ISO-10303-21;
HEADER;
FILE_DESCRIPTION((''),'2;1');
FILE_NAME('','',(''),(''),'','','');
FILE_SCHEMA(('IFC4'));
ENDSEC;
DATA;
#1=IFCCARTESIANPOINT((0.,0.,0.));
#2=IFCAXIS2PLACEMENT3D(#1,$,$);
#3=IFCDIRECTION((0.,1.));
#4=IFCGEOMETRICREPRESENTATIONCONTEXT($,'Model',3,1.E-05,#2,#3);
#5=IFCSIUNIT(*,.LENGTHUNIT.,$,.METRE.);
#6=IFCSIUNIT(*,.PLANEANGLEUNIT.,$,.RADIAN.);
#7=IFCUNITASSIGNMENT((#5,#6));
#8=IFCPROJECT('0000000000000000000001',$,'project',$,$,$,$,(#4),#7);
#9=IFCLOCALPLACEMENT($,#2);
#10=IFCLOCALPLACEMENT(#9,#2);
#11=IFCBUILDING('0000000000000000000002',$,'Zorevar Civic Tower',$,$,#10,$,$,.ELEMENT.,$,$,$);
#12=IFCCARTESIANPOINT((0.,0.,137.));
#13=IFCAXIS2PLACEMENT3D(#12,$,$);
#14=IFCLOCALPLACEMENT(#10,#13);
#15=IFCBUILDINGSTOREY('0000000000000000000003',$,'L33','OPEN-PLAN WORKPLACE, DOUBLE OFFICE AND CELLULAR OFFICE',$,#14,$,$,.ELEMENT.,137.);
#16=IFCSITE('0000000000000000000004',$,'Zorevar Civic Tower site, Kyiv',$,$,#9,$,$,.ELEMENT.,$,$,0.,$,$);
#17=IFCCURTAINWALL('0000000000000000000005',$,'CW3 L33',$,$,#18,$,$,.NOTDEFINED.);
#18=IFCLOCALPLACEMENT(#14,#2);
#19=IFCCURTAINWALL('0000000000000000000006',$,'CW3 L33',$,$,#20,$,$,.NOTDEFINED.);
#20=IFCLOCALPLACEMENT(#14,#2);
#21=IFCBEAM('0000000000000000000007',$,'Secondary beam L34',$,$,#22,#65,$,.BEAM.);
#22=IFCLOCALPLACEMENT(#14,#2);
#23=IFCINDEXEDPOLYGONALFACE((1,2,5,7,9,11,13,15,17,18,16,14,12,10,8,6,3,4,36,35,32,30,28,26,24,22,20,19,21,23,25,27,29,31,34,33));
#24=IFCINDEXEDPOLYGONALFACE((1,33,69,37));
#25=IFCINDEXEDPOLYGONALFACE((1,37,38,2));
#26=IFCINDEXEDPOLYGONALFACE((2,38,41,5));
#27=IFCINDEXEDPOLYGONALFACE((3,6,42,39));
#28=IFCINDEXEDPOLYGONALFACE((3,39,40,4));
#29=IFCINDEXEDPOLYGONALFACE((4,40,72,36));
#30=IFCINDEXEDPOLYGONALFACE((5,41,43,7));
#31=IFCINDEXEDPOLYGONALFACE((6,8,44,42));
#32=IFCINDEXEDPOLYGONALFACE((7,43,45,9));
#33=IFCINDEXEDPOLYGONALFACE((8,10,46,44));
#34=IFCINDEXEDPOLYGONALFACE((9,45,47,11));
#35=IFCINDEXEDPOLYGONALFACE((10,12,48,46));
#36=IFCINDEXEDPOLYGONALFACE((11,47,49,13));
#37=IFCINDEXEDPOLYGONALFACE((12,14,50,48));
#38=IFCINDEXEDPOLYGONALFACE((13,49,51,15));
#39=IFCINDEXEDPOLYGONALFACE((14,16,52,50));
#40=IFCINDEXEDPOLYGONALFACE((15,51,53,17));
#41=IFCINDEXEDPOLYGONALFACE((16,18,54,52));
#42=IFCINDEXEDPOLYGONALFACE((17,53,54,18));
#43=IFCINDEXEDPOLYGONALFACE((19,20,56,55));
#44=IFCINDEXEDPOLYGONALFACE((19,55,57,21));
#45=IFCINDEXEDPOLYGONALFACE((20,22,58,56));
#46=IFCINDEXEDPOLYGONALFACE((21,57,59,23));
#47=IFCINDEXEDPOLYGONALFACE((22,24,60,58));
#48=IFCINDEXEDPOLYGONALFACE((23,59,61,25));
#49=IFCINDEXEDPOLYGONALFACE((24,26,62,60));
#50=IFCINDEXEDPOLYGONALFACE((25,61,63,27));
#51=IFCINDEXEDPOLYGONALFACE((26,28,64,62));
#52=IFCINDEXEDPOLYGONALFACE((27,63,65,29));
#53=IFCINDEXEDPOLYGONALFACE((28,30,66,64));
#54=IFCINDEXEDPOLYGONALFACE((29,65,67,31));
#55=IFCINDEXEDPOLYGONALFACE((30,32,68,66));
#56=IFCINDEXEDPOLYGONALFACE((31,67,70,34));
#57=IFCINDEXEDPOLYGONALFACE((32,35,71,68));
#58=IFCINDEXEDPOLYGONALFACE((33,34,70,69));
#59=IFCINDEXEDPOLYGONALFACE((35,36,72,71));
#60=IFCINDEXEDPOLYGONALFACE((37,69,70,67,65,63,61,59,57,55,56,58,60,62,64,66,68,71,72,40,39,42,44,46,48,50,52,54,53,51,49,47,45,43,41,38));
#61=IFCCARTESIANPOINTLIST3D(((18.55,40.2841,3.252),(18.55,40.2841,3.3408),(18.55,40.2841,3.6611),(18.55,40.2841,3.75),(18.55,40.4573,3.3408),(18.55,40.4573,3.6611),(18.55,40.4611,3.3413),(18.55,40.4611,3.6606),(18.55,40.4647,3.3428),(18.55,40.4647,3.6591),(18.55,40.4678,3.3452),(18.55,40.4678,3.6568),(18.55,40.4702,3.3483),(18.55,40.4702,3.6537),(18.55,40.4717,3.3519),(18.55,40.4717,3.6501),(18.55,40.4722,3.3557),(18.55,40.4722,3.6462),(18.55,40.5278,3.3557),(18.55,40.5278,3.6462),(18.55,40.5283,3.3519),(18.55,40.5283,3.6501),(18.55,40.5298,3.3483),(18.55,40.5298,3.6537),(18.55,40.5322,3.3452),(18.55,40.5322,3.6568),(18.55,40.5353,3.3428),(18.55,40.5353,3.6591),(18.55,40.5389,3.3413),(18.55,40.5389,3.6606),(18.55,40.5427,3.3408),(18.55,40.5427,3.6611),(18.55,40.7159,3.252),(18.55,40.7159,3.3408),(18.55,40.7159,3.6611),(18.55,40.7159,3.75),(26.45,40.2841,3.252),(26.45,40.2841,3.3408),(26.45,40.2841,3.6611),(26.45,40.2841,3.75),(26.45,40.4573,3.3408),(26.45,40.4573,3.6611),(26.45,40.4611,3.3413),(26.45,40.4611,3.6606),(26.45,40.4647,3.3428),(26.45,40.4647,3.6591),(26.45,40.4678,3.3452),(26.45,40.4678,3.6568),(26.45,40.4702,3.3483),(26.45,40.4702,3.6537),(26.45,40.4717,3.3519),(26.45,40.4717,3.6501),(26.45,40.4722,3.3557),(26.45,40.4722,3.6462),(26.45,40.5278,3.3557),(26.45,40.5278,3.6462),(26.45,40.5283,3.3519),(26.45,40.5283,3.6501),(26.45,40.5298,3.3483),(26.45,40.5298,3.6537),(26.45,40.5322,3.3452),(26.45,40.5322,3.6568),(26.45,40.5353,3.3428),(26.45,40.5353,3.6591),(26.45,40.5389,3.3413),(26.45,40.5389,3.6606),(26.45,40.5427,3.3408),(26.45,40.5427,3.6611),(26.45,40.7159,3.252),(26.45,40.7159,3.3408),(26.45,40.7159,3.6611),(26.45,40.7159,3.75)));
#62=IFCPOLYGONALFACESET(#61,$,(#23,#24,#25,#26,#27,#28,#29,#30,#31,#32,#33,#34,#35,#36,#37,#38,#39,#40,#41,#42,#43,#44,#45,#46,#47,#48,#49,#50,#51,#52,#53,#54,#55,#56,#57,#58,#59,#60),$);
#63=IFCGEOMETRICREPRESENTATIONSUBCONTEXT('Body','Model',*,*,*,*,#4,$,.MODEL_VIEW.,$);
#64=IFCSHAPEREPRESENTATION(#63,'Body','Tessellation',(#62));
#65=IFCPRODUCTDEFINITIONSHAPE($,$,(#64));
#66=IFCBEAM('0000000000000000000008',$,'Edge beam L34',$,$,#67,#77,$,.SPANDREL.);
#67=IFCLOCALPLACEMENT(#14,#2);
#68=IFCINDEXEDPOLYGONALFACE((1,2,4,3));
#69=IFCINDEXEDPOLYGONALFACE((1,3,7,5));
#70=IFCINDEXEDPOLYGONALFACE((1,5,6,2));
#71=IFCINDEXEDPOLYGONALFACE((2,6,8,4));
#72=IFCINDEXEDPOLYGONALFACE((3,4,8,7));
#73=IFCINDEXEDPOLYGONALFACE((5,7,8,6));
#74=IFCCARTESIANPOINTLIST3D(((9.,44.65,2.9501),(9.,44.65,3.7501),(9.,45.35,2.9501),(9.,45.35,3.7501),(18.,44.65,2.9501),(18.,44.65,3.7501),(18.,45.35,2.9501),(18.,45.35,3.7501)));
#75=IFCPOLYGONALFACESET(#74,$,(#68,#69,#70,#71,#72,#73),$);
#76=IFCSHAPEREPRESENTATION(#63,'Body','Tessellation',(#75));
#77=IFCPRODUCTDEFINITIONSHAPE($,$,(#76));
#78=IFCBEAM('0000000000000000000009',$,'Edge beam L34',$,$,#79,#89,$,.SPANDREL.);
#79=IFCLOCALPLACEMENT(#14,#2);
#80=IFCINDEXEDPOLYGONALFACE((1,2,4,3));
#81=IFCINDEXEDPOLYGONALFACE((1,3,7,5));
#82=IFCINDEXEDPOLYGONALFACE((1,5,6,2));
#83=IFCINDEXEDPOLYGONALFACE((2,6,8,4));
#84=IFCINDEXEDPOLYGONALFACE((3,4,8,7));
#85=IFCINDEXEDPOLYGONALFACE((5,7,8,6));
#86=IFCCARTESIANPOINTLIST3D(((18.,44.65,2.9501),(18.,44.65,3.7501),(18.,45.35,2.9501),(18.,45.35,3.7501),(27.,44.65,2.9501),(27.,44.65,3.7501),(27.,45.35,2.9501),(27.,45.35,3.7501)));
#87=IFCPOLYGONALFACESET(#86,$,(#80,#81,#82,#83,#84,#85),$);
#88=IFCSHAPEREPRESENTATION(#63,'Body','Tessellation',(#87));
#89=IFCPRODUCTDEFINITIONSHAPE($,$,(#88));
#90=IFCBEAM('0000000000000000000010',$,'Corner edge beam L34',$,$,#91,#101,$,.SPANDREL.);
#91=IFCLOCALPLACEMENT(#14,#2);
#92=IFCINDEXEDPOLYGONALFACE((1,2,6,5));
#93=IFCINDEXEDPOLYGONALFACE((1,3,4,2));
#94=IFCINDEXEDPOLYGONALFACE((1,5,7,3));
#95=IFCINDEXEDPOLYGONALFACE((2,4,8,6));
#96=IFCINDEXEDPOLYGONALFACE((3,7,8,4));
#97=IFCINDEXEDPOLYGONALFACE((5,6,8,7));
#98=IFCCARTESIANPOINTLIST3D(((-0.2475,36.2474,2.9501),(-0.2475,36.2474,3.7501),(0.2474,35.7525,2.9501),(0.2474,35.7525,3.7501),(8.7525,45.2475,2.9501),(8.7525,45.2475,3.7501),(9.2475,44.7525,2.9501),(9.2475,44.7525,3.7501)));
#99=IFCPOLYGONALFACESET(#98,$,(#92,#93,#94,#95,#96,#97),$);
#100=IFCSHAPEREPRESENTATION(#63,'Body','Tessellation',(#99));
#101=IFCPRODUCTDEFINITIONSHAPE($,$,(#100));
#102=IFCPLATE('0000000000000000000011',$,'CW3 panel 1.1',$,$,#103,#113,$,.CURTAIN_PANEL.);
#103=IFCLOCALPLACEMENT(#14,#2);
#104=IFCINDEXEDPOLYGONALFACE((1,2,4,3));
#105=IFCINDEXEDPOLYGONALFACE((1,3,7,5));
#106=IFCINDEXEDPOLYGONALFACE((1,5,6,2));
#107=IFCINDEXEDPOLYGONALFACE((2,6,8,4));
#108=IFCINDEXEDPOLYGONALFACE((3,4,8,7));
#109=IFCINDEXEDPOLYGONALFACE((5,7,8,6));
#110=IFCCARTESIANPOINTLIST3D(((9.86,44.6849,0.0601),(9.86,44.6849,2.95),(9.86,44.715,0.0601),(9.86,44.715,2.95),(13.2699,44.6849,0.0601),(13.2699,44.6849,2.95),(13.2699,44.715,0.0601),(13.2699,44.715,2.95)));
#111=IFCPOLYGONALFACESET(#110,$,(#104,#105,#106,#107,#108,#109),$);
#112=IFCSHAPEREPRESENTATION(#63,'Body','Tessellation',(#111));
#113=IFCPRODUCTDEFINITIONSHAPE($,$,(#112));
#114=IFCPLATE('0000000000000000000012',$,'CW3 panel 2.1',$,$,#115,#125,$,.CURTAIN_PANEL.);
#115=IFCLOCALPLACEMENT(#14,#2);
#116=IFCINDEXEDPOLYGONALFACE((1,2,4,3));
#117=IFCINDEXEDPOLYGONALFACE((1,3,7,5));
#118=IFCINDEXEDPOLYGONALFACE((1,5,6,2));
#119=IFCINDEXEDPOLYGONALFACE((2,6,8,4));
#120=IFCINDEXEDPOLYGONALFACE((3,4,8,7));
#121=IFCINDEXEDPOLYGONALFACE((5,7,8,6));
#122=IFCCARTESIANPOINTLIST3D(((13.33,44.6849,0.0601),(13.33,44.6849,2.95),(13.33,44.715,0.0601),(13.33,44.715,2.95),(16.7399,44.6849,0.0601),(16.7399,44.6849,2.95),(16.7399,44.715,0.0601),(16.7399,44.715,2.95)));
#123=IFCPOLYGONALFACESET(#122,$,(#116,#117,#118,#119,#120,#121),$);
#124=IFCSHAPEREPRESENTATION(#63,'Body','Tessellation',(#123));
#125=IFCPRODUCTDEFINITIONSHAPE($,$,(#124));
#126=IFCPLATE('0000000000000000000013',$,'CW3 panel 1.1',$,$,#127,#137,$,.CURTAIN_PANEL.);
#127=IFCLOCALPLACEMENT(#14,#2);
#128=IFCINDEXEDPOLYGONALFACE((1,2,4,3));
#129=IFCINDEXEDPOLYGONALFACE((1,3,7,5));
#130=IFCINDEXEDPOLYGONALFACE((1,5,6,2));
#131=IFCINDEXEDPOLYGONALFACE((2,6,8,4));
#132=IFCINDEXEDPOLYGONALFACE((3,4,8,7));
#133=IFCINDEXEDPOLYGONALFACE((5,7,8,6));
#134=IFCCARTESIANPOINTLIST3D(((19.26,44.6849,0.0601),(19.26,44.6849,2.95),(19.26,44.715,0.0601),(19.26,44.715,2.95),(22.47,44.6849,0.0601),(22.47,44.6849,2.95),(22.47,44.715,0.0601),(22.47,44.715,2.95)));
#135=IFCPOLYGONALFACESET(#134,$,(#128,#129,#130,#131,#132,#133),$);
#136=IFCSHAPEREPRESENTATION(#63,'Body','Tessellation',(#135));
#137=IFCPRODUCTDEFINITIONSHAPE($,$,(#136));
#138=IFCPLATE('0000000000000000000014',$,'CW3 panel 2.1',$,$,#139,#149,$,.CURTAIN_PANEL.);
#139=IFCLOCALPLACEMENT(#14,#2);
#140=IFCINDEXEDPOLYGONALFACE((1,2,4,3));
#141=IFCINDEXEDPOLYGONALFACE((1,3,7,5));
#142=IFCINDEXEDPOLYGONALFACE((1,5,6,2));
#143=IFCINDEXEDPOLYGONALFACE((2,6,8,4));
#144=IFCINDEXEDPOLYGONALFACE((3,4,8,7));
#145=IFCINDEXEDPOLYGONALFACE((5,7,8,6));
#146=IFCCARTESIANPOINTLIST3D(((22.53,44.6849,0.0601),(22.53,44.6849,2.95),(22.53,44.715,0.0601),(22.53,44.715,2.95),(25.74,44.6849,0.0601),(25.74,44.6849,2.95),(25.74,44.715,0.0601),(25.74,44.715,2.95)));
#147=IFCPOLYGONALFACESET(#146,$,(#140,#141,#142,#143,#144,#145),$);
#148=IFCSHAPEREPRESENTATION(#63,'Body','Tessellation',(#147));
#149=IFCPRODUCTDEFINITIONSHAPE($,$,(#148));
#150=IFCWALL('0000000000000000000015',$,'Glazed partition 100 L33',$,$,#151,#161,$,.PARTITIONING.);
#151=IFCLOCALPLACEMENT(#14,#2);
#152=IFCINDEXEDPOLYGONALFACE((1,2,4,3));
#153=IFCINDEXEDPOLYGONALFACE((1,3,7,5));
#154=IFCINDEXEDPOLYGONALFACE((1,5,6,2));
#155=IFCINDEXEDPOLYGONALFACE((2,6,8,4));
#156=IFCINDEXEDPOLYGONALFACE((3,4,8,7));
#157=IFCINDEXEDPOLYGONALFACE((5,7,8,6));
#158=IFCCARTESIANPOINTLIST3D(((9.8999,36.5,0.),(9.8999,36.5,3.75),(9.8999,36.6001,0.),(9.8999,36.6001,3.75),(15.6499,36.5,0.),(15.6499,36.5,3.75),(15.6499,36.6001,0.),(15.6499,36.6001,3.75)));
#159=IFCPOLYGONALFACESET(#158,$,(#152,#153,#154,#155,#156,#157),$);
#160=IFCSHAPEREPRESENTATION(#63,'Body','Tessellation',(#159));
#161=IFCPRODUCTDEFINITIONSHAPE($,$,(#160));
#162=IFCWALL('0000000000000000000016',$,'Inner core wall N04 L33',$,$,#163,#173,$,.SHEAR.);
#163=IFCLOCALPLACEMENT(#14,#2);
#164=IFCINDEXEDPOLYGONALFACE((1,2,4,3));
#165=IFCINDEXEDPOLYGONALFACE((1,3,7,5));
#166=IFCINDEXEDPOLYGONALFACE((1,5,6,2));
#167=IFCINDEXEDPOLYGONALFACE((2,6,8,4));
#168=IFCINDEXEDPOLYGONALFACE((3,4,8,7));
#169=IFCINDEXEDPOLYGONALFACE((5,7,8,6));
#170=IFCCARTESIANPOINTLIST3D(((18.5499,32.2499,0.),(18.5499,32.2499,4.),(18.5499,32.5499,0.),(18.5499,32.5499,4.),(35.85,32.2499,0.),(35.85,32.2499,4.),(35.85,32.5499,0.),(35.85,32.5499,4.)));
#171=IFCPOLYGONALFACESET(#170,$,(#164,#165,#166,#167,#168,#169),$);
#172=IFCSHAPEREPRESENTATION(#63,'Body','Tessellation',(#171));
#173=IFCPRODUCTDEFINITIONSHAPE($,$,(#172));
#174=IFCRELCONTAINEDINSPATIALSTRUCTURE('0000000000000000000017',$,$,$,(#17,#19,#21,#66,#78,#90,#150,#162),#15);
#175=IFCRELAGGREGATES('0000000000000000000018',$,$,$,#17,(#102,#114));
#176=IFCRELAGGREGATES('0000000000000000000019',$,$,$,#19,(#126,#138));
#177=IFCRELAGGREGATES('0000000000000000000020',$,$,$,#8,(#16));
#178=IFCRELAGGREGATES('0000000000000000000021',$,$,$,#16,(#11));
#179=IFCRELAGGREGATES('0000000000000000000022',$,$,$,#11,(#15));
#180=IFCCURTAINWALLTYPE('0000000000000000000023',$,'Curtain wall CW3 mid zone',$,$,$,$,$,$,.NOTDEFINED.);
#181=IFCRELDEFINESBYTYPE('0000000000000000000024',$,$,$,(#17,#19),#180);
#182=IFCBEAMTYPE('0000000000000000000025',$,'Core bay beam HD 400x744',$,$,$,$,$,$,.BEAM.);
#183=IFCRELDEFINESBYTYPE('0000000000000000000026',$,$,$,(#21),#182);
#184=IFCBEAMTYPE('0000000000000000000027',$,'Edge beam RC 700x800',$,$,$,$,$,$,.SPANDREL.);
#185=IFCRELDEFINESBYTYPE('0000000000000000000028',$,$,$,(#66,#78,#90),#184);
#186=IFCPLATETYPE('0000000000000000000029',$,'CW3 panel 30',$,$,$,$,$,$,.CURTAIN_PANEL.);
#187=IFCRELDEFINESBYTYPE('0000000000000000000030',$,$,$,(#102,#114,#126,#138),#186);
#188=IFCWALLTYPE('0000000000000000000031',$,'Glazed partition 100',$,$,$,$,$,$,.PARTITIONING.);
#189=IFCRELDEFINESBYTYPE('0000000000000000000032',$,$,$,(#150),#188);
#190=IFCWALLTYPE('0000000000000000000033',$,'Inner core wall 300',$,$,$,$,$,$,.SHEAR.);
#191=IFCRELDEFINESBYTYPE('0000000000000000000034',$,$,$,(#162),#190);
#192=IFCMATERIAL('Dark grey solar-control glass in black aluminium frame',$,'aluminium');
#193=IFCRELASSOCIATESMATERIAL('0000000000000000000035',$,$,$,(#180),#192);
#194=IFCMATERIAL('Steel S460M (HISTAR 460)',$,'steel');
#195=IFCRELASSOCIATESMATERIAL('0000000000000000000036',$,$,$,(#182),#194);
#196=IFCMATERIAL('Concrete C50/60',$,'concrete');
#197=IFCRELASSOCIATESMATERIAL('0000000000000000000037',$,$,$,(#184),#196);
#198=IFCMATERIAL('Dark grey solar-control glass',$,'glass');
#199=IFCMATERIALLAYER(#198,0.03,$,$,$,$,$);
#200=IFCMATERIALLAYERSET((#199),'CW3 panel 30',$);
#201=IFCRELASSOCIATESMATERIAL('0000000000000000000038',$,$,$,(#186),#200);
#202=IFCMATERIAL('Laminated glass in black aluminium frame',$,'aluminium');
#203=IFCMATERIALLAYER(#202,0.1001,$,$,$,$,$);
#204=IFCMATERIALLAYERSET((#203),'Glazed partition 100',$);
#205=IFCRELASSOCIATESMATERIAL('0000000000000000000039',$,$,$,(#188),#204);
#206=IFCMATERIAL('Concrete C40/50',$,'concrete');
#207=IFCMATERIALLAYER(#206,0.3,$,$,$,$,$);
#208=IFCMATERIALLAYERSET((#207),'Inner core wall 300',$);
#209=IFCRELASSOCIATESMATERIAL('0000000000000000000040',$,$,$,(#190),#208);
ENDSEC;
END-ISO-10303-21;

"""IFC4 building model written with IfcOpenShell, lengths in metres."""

from ifc_helpers import new_model, si_unit, direction, frame, frame_2d, origin, origin_2d, place, context, subcontext, project, spatial, rectangle, i_section, extrude, material, layer, layer_set, material_profile, profile_set, type_object, element, aggregate, save


model = new_model("IFC4")

# Units and contexts
model_context = context("Model", 3, precision=1e-05, world=origin(), true_north=direction((0.0, 1.0)))
body_context = subcontext(model_context, "Body", "Model", "MODEL_VIEW")
ifc_project = project(units=[si_unit("LENGTHUNIT", "METRE"), si_unit("PLANEANGLEUNIT", "RADIAN")], contexts=[model_context])

# Site, building, storey
site_placement = place(None, origin())
site = spatial("IfcSite", under=ifc_project, at=site_placement, Name="Zorevar Civic Tower site, Kyiv", CompositionType="ELEMENT", RefElevation=0.0)
building_placement = place(site_placement, origin())
building = spatial("IfcBuilding", under=site, at=building_placement, Name="Zorevar Civic Tower", CompositionType="ELEMENT")
storey_placement = place(building_placement, frame((0.0, 0.0, 137.0)))
storey = spatial("IfcBuildingStorey", under=building, at=storey_placement, Name="L33", Description="OPEN-PLAN WORKPLACE, DOUBLE OFFICE AND CELLULAR OFFICE", CompositionType="ELEMENT", Elevation=137.0)

# Curtain walls
ifc_material_1 = material(Name="Dark grey solar-control glass in black aluminium frame", Category="aluminium")
curtain_wall_type = type_object("IfcCurtainWallType", Name="Curtain wall CW3 mid zone", PredefinedType="NOTDEFINED", material=ifc_material_1)
curtain_wall_1_placement = place(storey_placement, origin())
curtain_wall_1 = element("IfcCurtainWall", 1, at=curtain_wall_1_placement, inside=storey, type_object=curtain_wall_type, Name="CW3 L33", PredefinedType="NOTDEFINED")
curtain_wall_2_placement = place(storey_placement, origin())
curtain_wall_2 = element("IfcCurtainWall", 2, at=curtain_wall_2_placement, inside=storey, type_object=curtain_wall_type, Name="CW3 L33", PredefinedType="NOTDEFINED")

# Beams
ifc_material_2 = material(Name="Steel S460M (HISTAR 460)", Category="steel")
ifc_material_profile_1 = material_profile(ifc_material_2, i_section(OverallWidth=0.4319, OverallDepth=0.498, WebThickness=0.0557, FlangeThickness=0.0889, FilletRadius=0.0149, at=origin_2d()), Name="HD 400x744")
ifc_profile_set_1 = profile_set([ifc_material_profile_1], Name="Steel S460M (HISTAR 460)")
beam_type_1 = type_object("IfcBeamType", Name="Core bay beam HD 400x744", PredefinedType="BEAM", material=ifc_profile_set_1)
beam_1_placement = place(storey_placement, frame((18.55, 40.5, 3.501), z_axis=(1.0, 0.0, 0.0), x_axis=(0.0, 1.0, 0.0)))
element("IfcBeam", 3, at=beam_1_placement, inside=storey, type_object=beam_type_1, Name="Secondary beam L34", PredefinedType="BEAM", context=body_context, shape_type="SweptSolid", body=[
    extrude(i_section(OverallWidth=0.4319, OverallDepth=0.498, WebThickness=0.0557, FlangeThickness=0.0889, FilletRadius=0.0149, at=origin_2d()), origin(), (0.0, 0.0, 1.0), 7.8999),
])
ifc_material_3 = material(Name="Concrete C50/60", Category="concrete")
ifc_material_profile_2 = material_profile(ifc_material_3, rectangle(XDim=0.7, YDim=0.8, at=origin_2d()), Name="RC 700x800")
ifc_profile_set_2 = profile_set([ifc_material_profile_2], Name="Concrete C50/60")
beam_type_2 = type_object("IfcBeamType", Name="Edge beam RC 700x800", PredefinedType="SPANDREL", material=ifc_profile_set_2)
for number, where, z_axis, x_axis, name in (
    (4, (9.0, 45.0, 3.3501), (1.0, 0.0, 0.0), (0.0, 1.0, 0.0), "Edge beam L34"),
    (5, (18.0, 45.0, 3.3501), (1.0, 0.0, 0.0), (0.0, 1.0, 0.0), "Edge beam L34"),
):
    element("IfcBeam", number, at=place(storey_placement, frame(where, z_axis=z_axis, x_axis=x_axis)), inside=storey, type_object=beam_type_2, Name=name, PredefinedType="SPANDREL", context=body_context, shape_type="SweptSolid", body=[
        extrude(rectangle(XDim=0.7, YDim=0.8, at=origin_2d()), origin(), (0.0, 0.0, 1.0), 9.0),
    ])
beam_2_placement = place(storey_placement, frame((9.0, 45.0, 3.3501), z_axis=(-0.707107, -0.707107, 0.0), x_axis=(0.707107, -0.707107, 0.0)))
element("IfcBeam", 6, at=beam_2_placement, inside=storey, type_object=beam_type_2, Name="Corner edge beam L34", PredefinedType="SPANDREL", context=body_context, shape_type="SweptSolid", body=[
    extrude(rectangle(XDim=0.7, YDim=0.8, at=origin_2d()), origin(), (0.0, 0.0, 1.0), 12.728),
])

# Plates
ifc_material_4 = material(Name="Dark grey solar-control glass", Category="glass")
ifc_layer_1 = layer(ifc_material_4, 0.03)
ifc_layer_set_1 = layer_set([ifc_layer_1], Name="CW3 panel 30")
plate_type = type_object("IfcPlateType", Name="CW3 panel 30", PredefinedType="CURTAIN_PANEL", material=ifc_layer_set_1)
plate_1_placement = place(storey_placement, frame((11.5649, 44.7, 0.0601), z_axis=(0.0, 0.0, 1.0), x_axis=(1.0, 0.0, 0.0)))
plate_1 = element("IfcPlate", 7, at=plate_1_placement, type_object=plate_type, Name="CW3 panel 1.1", PredefinedType="CURTAIN_PANEL", context=body_context, shape_type="SweptSolid", body=[
    extrude(rectangle(XDim=3.4099, YDim=0.03, at=origin_2d()), origin(), (0.0, 0.0, 1.0), 2.8899),
])
plate_2_placement = place(storey_placement, frame((15.0349, 44.7, 0.0601), z_axis=(0.0, 0.0, 1.0), x_axis=(1.0, 0.0, 0.0)))
plate_2 = element("IfcPlate", 8, at=plate_2_placement, type_object=plate_type, Name="CW3 panel 2.1", PredefinedType="CURTAIN_PANEL", context=body_context, shape_type="SweptSolid", body=[
    extrude(rectangle(XDim=3.4099, YDim=0.03, at=origin_2d()), origin(), (0.0, 0.0, 1.0), 2.8899),
])
aggregate(curtain_wall_1, [plate_1, plate_2])
plate_3_placement = place(storey_placement, frame((20.865, 44.7, 0.0601), z_axis=(0.0, 0.0, 1.0), x_axis=(1.0, 0.0, 0.0)))
plate_3 = element("IfcPlate", 9, at=plate_3_placement, type_object=plate_type, Name="CW3 panel 1.1", PredefinedType="CURTAIN_PANEL", context=body_context, shape_type="SweptSolid", body=[
    extrude(rectangle(XDim=3.21, YDim=0.03, at=origin_2d()), origin(), (0.0, 0.0, 1.0), 2.8899),
])
plate_4_placement = place(storey_placement, frame((24.135, 44.7, 0.0601), z_axis=(0.0, 0.0, 1.0), x_axis=(1.0, 0.0, 0.0)))
plate_4 = element("IfcPlate", 10, at=plate_4_placement, type_object=plate_type, Name="CW3 panel 2.1", PredefinedType="CURTAIN_PANEL", context=body_context, shape_type="SweptSolid", body=[
    extrude(rectangle(XDim=3.21, YDim=0.03, at=origin_2d()), origin(), (0.0, 0.0, 1.0), 2.8899),
])
aggregate(curtain_wall_2, [plate_3, plate_4])

# Walls
ifc_material_5 = material(Name="Laminated glass in black aluminium frame", Category="aluminium")
ifc_layer_2 = layer(ifc_material_5, 0.1001)
ifc_layer_set_2 = layer_set([ifc_layer_2], Name="Glazed partition 100")
wall_type_1 = type_object("IfcWallType", Name="Glazed partition 100", PredefinedType="PARTITIONING", material=ifc_layer_set_2)
wall_1_placement = place(storey_placement, frame((9.8999, 36.55, 0.0), z_axis=(0.0, 0.0, 1.0), x_axis=(1.0, 0.0, 0.0)))
element("IfcWall", 11, at=wall_1_placement, inside=storey, type_object=wall_type_1, Name="Glazed partition 100 L33", PredefinedType="PARTITIONING", context=body_context, shape_type="SweptSolid", body=[
    extrude(rectangle(XDim=5.75, YDim=0.1001, at=frame_2d((2.875, 0.0))), origin(), (0.0, 0.0, 1.0), 3.75),
])
ifc_material_6 = material(Name="Concrete C40/50", Category="concrete")
ifc_layer_3 = layer(ifc_material_6, 0.3)
ifc_layer_set_3 = layer_set([ifc_layer_3], Name="Inner core wall 300")
wall_type_2 = type_object("IfcWallType", Name="Inner core wall 300", PredefinedType="SHEAR", material=ifc_layer_set_3)
wall_2_placement = place(storey_placement, frame((18.55, 32.3999, 0.0), z_axis=(0.0, 0.0, 1.0), x_axis=(1.0, 0.0, 0.0)))
element("IfcWall", 12, at=wall_2_placement, inside=storey, type_object=wall_type_2, Name="Inner core wall N04 L33", PredefinedType="SHEAR", context=body_context, shape_type="SweptSolid", body=[
    extrude(rectangle(XDim=17.3, YDim=0.3, at=frame_2d((8.6499, 0.0))), origin(), (0.0, 0.0, 1.0), 4.0),
])

save(model, "model.ifc")
